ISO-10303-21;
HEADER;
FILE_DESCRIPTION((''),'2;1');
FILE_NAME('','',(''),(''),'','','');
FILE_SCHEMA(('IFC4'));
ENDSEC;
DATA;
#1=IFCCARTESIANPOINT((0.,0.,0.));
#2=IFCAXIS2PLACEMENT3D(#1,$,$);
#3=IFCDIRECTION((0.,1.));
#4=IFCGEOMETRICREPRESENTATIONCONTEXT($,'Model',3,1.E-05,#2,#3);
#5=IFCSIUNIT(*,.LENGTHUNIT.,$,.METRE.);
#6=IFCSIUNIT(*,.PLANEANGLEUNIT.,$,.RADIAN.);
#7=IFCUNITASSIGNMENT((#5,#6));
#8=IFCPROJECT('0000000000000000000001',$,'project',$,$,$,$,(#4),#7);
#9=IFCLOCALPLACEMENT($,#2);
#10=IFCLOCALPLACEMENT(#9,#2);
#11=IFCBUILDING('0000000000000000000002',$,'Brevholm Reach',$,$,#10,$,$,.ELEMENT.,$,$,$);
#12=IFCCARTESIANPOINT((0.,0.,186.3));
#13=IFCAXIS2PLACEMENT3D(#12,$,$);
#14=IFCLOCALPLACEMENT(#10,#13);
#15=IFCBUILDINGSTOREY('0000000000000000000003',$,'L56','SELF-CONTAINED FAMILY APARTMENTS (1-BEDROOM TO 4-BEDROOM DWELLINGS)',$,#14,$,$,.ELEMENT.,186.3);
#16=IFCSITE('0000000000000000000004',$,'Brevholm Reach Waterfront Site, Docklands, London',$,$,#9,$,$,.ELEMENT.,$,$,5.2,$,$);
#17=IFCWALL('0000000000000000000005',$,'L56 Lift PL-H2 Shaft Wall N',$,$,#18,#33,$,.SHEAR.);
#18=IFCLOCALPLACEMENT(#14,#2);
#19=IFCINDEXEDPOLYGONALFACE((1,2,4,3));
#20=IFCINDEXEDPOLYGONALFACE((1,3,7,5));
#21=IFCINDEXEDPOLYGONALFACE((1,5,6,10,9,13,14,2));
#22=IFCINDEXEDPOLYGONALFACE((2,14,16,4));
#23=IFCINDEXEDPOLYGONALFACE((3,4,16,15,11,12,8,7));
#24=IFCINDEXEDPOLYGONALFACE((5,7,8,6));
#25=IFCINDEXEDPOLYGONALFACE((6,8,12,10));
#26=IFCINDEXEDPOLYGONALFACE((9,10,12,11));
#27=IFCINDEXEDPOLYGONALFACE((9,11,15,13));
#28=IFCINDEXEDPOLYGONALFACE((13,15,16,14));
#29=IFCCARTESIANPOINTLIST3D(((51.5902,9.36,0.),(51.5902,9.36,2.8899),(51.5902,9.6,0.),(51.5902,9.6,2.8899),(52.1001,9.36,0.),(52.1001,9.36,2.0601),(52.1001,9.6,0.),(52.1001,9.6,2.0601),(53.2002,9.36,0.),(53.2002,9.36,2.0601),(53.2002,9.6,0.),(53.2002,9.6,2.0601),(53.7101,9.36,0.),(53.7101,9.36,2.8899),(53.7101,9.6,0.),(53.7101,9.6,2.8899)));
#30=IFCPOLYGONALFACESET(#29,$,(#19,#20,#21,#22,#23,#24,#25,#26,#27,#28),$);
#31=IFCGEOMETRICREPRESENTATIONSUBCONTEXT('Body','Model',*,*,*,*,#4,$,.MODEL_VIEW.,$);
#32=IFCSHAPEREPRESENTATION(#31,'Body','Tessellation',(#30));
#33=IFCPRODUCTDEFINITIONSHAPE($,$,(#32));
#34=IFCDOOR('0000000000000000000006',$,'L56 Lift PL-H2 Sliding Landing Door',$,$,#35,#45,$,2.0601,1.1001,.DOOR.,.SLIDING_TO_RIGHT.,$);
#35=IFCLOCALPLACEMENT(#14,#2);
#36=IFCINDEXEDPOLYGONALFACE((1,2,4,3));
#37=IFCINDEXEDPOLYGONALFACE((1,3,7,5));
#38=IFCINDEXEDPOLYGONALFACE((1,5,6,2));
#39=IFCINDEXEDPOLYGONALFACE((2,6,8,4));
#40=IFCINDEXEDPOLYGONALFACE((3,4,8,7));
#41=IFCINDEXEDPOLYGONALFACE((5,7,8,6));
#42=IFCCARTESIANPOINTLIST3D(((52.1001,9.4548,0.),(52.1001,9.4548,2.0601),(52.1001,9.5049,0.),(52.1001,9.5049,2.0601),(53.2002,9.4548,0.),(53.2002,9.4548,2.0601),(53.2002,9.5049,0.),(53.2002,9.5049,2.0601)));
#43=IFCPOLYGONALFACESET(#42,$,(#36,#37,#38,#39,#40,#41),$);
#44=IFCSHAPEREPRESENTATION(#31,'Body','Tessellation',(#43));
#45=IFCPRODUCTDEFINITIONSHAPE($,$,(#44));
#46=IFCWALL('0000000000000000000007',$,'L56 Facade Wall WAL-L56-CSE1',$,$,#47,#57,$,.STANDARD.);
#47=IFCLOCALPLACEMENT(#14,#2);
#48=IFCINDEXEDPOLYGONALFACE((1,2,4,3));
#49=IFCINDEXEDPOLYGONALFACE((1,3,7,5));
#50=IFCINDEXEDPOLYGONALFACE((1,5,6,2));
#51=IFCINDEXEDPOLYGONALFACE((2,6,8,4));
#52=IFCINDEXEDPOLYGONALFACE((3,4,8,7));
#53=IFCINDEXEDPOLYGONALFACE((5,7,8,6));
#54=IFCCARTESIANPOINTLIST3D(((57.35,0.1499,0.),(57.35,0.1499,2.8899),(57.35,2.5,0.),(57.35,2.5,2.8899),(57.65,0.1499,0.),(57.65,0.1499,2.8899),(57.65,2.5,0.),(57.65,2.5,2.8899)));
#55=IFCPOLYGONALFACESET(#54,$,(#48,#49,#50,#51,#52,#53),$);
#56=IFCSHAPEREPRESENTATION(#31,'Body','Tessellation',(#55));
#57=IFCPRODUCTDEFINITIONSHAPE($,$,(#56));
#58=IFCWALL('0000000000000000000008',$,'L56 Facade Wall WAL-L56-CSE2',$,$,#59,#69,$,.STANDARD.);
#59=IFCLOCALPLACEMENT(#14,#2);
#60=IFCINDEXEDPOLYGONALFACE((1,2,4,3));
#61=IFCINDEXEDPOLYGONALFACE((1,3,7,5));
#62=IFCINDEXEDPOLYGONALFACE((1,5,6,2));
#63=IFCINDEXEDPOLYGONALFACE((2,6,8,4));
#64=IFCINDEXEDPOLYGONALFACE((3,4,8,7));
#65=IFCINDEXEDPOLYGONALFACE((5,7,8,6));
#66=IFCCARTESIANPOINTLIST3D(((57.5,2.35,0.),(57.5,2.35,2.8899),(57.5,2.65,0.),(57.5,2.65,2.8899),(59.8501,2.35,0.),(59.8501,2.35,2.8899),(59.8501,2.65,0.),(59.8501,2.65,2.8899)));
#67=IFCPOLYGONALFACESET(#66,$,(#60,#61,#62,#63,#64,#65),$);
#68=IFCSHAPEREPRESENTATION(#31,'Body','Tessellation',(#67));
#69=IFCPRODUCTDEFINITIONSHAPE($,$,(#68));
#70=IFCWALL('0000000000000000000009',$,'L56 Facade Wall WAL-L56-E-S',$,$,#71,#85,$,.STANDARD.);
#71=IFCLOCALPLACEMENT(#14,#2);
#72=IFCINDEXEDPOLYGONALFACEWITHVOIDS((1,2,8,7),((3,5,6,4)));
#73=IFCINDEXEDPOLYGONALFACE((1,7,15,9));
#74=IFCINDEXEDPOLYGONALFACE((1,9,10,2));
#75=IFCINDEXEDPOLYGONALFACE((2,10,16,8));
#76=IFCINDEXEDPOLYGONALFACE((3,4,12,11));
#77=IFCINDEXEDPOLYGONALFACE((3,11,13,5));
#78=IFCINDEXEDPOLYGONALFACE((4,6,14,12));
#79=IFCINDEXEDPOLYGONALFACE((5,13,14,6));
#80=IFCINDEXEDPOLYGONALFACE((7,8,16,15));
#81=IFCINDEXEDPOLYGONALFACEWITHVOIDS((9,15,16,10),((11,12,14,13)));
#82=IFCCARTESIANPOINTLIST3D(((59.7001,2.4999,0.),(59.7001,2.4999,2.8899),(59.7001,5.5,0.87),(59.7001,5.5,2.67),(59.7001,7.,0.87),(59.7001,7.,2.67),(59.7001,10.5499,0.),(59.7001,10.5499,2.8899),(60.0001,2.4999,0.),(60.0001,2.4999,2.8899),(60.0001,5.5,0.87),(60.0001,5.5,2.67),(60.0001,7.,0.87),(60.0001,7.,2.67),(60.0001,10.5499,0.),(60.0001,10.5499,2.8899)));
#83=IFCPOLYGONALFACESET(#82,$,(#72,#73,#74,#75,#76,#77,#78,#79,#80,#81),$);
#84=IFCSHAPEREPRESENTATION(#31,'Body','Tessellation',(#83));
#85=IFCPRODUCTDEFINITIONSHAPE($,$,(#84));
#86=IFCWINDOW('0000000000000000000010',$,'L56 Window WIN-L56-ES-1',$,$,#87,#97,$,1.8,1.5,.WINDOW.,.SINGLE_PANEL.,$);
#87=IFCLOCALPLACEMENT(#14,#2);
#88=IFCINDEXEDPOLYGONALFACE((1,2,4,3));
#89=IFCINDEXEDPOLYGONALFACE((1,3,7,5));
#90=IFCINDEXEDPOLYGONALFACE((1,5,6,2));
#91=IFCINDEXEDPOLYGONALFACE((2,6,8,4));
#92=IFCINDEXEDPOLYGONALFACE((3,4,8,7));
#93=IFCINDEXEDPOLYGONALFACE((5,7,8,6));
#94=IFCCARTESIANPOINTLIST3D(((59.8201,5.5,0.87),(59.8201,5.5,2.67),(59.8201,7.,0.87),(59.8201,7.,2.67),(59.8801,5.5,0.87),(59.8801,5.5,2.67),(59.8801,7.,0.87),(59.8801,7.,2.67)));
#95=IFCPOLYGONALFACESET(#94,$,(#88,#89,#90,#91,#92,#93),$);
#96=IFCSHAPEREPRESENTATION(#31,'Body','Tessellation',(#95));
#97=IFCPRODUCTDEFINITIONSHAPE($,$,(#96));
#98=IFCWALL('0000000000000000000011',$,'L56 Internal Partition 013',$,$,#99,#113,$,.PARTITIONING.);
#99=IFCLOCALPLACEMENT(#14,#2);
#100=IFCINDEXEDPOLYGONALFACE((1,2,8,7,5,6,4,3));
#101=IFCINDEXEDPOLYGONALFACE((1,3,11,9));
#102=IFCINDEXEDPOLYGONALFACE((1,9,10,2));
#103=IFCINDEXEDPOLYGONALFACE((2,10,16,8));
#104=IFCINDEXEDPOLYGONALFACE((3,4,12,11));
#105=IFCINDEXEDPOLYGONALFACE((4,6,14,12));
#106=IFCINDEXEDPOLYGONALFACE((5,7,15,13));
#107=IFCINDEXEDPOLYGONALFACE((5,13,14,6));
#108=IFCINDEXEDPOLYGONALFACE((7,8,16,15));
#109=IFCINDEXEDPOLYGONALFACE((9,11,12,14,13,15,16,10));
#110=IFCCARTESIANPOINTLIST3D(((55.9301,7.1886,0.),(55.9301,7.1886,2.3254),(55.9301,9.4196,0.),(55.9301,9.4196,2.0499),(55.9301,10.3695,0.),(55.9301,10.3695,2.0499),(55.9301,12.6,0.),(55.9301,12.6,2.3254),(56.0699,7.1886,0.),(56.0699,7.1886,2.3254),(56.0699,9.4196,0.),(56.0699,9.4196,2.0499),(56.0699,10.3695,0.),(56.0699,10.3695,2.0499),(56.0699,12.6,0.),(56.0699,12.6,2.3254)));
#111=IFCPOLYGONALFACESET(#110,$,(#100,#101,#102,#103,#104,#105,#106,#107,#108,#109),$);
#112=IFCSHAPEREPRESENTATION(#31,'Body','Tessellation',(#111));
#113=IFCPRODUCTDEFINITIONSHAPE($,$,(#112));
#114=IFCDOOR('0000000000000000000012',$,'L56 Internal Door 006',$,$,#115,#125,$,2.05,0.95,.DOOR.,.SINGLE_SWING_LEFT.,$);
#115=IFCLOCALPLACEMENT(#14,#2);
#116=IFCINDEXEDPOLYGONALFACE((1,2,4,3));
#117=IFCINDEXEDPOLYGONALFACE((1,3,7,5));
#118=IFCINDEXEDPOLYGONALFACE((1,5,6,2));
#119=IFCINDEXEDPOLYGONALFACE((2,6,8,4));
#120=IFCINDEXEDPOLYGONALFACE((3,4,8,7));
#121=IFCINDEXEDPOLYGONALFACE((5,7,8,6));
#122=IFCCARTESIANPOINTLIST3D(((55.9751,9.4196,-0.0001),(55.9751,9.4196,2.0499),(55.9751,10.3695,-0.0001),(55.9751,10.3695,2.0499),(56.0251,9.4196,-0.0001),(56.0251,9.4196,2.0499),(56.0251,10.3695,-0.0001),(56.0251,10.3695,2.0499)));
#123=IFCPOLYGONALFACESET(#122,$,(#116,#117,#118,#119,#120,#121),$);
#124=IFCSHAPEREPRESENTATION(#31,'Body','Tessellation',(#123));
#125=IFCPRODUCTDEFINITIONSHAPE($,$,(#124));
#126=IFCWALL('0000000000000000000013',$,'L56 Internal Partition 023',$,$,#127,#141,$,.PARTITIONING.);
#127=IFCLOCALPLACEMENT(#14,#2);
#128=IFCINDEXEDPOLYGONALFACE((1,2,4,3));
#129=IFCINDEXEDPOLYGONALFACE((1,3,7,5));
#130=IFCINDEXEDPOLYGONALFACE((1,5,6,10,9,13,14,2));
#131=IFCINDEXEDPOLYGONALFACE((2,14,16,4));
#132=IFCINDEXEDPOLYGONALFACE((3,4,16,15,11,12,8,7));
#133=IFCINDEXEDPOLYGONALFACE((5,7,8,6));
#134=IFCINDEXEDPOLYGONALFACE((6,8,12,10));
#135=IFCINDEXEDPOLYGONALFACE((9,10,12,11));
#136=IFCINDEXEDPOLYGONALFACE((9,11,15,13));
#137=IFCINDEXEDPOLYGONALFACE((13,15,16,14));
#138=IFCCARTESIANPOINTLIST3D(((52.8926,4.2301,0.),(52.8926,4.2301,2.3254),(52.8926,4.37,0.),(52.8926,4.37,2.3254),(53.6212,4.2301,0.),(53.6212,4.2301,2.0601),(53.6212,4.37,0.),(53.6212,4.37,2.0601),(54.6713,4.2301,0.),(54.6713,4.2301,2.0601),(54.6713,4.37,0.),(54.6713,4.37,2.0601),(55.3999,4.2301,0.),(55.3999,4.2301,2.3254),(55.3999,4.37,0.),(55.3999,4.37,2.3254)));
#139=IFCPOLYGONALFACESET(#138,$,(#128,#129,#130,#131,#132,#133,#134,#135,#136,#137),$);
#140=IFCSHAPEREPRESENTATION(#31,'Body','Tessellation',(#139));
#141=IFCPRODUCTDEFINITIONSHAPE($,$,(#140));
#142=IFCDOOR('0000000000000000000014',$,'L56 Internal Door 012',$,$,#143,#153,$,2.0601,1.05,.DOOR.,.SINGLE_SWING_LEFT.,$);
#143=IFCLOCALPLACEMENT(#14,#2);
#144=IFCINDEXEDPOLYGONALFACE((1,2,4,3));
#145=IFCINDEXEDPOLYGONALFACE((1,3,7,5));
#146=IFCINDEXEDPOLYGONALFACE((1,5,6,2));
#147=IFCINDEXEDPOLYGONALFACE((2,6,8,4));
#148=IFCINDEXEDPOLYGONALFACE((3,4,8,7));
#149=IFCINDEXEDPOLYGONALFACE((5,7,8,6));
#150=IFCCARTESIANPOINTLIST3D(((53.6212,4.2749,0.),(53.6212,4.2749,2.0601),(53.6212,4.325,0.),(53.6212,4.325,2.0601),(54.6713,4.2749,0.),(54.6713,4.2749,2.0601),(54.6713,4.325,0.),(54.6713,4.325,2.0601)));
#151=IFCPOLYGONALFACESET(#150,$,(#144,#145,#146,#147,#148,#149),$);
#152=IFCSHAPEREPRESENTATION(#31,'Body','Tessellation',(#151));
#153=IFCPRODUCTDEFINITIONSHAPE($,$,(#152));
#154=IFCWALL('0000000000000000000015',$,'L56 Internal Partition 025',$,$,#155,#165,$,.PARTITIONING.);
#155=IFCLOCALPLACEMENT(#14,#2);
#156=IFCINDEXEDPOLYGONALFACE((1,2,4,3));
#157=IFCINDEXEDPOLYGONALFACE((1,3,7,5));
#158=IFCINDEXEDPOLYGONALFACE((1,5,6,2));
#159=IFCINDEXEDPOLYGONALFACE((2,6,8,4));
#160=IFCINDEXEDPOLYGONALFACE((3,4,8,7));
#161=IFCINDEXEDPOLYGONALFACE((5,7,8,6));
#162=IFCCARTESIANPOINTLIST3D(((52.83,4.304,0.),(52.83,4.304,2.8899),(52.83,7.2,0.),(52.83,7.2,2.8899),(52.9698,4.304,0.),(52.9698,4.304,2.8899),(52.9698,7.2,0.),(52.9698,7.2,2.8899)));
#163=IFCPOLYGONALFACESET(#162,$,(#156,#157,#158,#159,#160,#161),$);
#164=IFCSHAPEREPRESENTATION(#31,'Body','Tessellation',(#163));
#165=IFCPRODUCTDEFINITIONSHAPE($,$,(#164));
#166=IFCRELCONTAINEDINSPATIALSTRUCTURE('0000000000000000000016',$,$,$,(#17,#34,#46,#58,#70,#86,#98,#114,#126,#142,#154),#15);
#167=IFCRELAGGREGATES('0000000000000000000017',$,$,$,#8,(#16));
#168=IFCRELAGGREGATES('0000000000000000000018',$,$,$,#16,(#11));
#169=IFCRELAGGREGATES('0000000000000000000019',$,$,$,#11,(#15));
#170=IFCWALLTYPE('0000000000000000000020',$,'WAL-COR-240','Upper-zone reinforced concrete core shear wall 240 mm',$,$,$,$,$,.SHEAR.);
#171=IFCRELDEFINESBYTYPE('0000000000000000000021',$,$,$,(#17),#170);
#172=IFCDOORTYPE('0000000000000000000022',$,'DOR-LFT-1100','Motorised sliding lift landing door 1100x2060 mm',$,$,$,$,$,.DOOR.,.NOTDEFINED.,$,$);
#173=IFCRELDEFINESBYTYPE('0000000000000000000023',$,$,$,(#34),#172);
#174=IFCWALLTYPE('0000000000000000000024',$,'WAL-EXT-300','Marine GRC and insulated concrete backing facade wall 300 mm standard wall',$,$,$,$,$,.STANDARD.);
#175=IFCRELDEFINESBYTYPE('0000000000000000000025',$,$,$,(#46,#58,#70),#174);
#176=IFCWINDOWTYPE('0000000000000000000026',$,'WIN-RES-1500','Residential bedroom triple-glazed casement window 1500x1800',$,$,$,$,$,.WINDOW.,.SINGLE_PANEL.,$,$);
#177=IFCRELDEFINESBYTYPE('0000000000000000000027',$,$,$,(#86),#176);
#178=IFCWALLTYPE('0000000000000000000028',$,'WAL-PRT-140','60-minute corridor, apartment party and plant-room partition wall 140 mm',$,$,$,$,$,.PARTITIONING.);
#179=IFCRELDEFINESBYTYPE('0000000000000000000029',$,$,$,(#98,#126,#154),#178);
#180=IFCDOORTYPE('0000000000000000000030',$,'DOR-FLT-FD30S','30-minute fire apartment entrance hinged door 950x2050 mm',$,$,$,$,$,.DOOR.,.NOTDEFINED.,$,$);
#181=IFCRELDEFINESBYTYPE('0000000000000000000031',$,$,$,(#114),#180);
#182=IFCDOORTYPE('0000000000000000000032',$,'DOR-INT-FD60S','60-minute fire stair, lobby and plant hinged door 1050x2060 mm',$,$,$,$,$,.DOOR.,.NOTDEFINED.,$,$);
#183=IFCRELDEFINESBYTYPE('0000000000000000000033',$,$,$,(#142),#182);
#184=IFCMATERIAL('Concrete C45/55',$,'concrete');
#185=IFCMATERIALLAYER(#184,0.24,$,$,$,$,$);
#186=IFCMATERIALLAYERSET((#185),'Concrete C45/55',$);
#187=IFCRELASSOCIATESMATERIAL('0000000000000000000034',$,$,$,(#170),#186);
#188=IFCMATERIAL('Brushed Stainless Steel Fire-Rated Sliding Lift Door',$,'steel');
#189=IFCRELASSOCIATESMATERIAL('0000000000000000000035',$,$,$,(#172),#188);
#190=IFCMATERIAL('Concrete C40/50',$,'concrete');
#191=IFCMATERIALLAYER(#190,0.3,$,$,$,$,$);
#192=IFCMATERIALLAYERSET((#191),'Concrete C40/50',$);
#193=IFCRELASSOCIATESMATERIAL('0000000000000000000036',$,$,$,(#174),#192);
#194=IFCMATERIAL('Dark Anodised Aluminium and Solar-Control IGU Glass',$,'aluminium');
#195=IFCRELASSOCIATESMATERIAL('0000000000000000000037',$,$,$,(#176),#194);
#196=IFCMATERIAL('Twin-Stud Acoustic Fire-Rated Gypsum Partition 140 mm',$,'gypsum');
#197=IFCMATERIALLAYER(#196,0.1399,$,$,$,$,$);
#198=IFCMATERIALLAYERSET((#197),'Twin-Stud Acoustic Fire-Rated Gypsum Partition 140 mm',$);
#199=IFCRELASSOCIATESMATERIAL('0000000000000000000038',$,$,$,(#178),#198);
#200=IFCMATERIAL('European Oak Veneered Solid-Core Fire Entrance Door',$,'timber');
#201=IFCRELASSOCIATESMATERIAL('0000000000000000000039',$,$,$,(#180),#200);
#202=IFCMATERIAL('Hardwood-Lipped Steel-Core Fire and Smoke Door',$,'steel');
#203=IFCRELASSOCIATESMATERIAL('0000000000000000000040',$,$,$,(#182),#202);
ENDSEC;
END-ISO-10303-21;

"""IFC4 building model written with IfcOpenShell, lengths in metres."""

from ifc_helpers import new_model, si_unit, direction, frame, frame_2d, origin, place, context, subcontext, project, spatial, rectangle, extrude, material, layer, layer_set, type_object, element, fill, save


model = new_model("IFC4")

# Units and contexts
model_context = context("Model", 3, precision=1e-05, world=origin(), true_north=direction((0.0, 1.0)))
body_context = subcontext(model_context, "Body", "Model", "MODEL_VIEW")
ifc_project = project(units=[si_unit("LENGTHUNIT", "METRE"), si_unit("PLANEANGLEUNIT", "RADIAN")], contexts=[model_context])

# Site, building, storey
site_placement = place(None, origin())
site = spatial("IfcSite", under=ifc_project, at=site_placement, Name="Brevholm Reach Waterfront Site, Docklands, London", CompositionType="ELEMENT", RefElevation=5.2)
building_placement = place(site_placement, origin())
building = spatial("IfcBuilding", under=site, at=building_placement, Name="Brevholm Reach", CompositionType="ELEMENT")
storey_placement = place(building_placement, frame((0.0, 0.0, 186.3)))
storey = spatial("IfcBuildingStorey", under=building, at=storey_placement, Name="L56", Description="SELF-CONTAINED FAMILY APARTMENTS (1-BEDROOM TO 4-BEDROOM DWELLINGS)", CompositionType="ELEMENT", Elevation=186.3)

# Shared definitions
ifc_material_1 = material(Name="Concrete C45/55", Category="concrete")
ifc_layer_1 = layer(ifc_material_1, 0.24)
ifc_layer_set_1 = layer_set([ifc_layer_1], Name="Concrete C45/55")
wall_type_1 = type_object("IfcWallType", Name="WAL-COR-240", Description="Upper-zone reinforced concrete core shear wall 240 mm", PredefinedType="SHEAR", material=ifc_layer_set_1)

# Wall, opening, door
wall_1_placement = place(storey_placement, frame((51.5901, 9.48, 0.0), z_axis=(0.0, 0.0, 1.0), x_axis=(1.0, 0.0, 0.0)))
wall_1 = element("IfcWall", 1, at=wall_1_placement, inside=storey, type_object=wall_type_1, Name="L56 Lift PL-H2 Shaft Wall N", PredefinedType="SHEAR", context=body_context, shape_type="SweptSolid", body=[
    extrude(rectangle(XDim=2.1199, YDim=0.24, at=frame_2d((1.0601, 0.0))), origin(), (0.0, 0.0, 1.0), 2.8899),
])
opening_1_placement = place(wall_1_placement, frame((0.51, 0.0, 0.0)))
opening_1 = element("IfcOpeningElement", 2, at=opening_1_placement, cuts=wall_1, PredefinedType="OPENING", context=body_context, shape_type="SweptSolid", body=[
    extrude(rectangle(XDim=1.1001, YDim=2.0601, at=frame_2d((0.55, 1.03))), frame((0.0, 0.1299, 0.0), z_axis=(0.0, -1.0, 0.0), x_axis=(1.0, 0.0, 0.0)), (0.0, 0.0, 1.0), 0.26),
])
ifc_material_2 = material(Name="Brushed Stainless Steel Fire-Rated Sliding Lift Door", Category="steel")
door_type_1 = type_object("IfcDoorType", Name="DOR-LFT-1100", Description="Motorised sliding lift landing door 1100x2060 mm", OperationType="NOTDEFINED", PredefinedType="DOOR", material=ifc_material_2)
door_1_placement = place(opening_1_placement, origin())
door_1 = element("IfcDoor", 3, at=door_1_placement, inside=storey, type_object=door_type_1, Name="L56 Lift PL-H2 Sliding Landing Door", OperationType="SLIDING_TO_RIGHT", OverallHeight=2.0601, OverallWidth=1.1001, PredefinedType="DOOR", context=body_context, shape_type="SweptSolid", body=[
    extrude(rectangle(XDim=1.1001, YDim=2.0601, at=frame_2d((0.55, 1.03))), frame((0.0, 0.0249, 0.0), z_axis=(0.0, -1.0, 0.0), x_axis=(1.0, 0.0, 0.0)), (0.0, 0.0, 1.0), 0.05),
])
fill(opening_1, door_1)

# Walls
ifc_material_3 = material(Name="Concrete C40/50", Category="concrete")
ifc_layer_2 = layer(ifc_material_3, 0.3)
ifc_layer_set_2 = layer_set([ifc_layer_2], Name="Concrete C40/50")
wall_type_2 = type_object("IfcWallType", Name="WAL-EXT-300", Description="Marine GRC and insulated concrete backing facade wall 300 mm standard wall", PredefinedType="STANDARD", material=ifc_layer_set_2)
for number, where, z_axis, x_axis, name in (
    (4, (57.5, 0.1499, 0.0), (0.0, 0.0, 1.0), (0.0, 1.0, 0.0), "L56 Facade Wall WAL-L56-CSE1"),
    (5, (57.5, 2.5, 0.0), (0.0, 0.0, 1.0), (1.0, 0.0, 0.0), "L56 Facade Wall WAL-L56-CSE2"),
):
    element("IfcWall", number, at=place(storey_placement, frame(where, z_axis=z_axis, x_axis=x_axis)), inside=storey, type_object=wall_type_2, Name=name, PredefinedType="STANDARD", context=body_context, shape_type="SweptSolid", body=[
        extrude(rectangle(XDim=2.3501, YDim=0.3, at=frame_2d((1.175, 0.0))), origin(), (0.0, 0.0, 1.0), 2.8899),
    ])

# Wall, opening, window
wall_2_placement = place(storey_placement, frame((59.8501, 2.5, 0.0), z_axis=(0.0, 0.0, 1.0), x_axis=(0.0, 1.0, 0.0)))
wall_2 = element("IfcWall", 6, at=wall_2_placement, inside=storey, type_object=wall_type_2, Name="L56 Facade Wall WAL-L56-E-S", PredefinedType="STANDARD", context=body_context, shape_type="SweptSolid", body=[
    extrude(rectangle(XDim=8.05, YDim=0.3, at=frame_2d((4.0249, 0.0))), origin(), (0.0, 0.0, 1.0), 2.8899),
])
opening_2_placement = place(wall_2_placement, frame((3.0, 0.0, 0.8701)))
opening_2 = element("IfcOpeningElement", 7, at=opening_2_placement, cuts=wall_2, PredefinedType="OPENING", context=body_context, shape_type="SweptSolid", body=[
    extrude(rectangle(XDim=1.5, YDim=1.8, at=frame_2d((0.75, 0.8999))), frame((0.0, 0.1599, 0.0), z_axis=(0.0, -1.0, 0.0), x_axis=(1.0, 0.0, 0.0)), (0.0, 0.0, 1.0), 0.3201),
])
ifc_material_4 = material(Name="Dark Anodised Aluminium and Solar-Control IGU Glass", Category="aluminium")
window_type = type_object("IfcWindowType", Name="WIN-RES-1500", Description="Residential bedroom triple-glazed casement window 1500x1800", PartitioningType="SINGLE_PANEL", PredefinedType="WINDOW", material=ifc_material_4)
window_placement = place(opening_2_placement, origin())
window = element("IfcWindow", 8, at=window_placement, inside=storey, type_object=window_type, Name="L56 Window WIN-L56-ES-1", OverallHeight=1.8, OverallWidth=1.5, PartitioningType="SINGLE_PANEL", PredefinedType="WINDOW", context=body_context, shape_type="SweptSolid", body=[
    extrude(rectangle(XDim=1.5, YDim=1.8, at=frame_2d((0.75, 0.8999))), frame((0.0, 0.03, 0.0), z_axis=(0.0, -1.0, 0.0), x_axis=(1.0, 0.0, 0.0)), (0.0, 0.0, 1.0), 0.0601),
])
fill(opening_2, window)

# Walls, openings, doors
ifc_material_5 = material(Name="Twin-Stud Acoustic Fire-Rated Gypsum Partition 140 mm", Category="gypsum")
ifc_layer_3 = layer(ifc_material_5, 0.1399)
ifc_layer_set_3 = layer_set([ifc_layer_3], Name="Twin-Stud Acoustic Fire-Rated Gypsum Partition 140 mm")
wall_type_3 = type_object("IfcWallType", Name="WAL-PRT-140", Description="60-minute corridor, apartment party and plant-room partition wall 140 mm", PredefinedType="PARTITIONING", material=ifc_layer_set_3)
wall_3_placement = place(storey_placement, frame((56.0, 7.1887, 0.0), z_axis=(0.0, 0.0, 1.0), x_axis=(0.0, 1.0, 0.0)))
wall_3 = element("IfcWall", 9, at=wall_3_placement, inside=storey, type_object=wall_type_3, Name="L56 Internal Partition 013", PredefinedType="PARTITIONING", context=body_context, shape_type="SweptSolid", body=[
    extrude(rectangle(XDim=5.4114, YDim=0.1399, at=frame_2d((2.7056, 0.0))), origin(), (0.0, 0.0, 1.0), 2.3254),
])
opening_3_placement = place(wall_3_placement, frame((2.2307, 0.0, 0.0)))
opening_3 = element("IfcOpeningElement", 10, at=opening_3_placement, cuts=wall_3, PredefinedType="OPENING", context=body_context, shape_type="SweptSolid", body=[
    extrude(rectangle(XDim=0.95, YDim=2.05, at=frame_2d((0.4751, 1.0249))), frame((0.0, 0.0798, 0.0), z_axis=(0.0, -1.0, 0.0), x_axis=(1.0, 0.0, 0.0)), (0.0, 0.0, 1.0), 0.1599),
])
ifc_material_6 = material(Name="European Oak Veneered Solid-Core Fire Entrance Door", Category="timber")
door_type_2 = type_object("IfcDoorType", Name="DOR-FLT-FD30S", Description="30-minute fire apartment entrance hinged door 950x2050 mm", OperationType="NOTDEFINED", PredefinedType="DOOR", material=ifc_material_6)
door_2_placement = place(opening_3_placement, origin())
door_2 = element("IfcDoor", 11, at=door_2_placement, inside=storey, type_object=door_type_2, Name="L56 Internal Door 006", OperationType="SINGLE_SWING_LEFT", OverallHeight=2.05, OverallWidth=0.95, PredefinedType="DOOR", context=body_context, shape_type="SweptSolid", body=[
    extrude(rectangle(XDim=0.95, YDim=2.05, at=frame_2d((0.4751, 1.0249))), frame((0.0, 0.0249, 0.0), z_axis=(0.0, -1.0, 0.0), x_axis=(1.0, 0.0, 0.0)), (0.0, 0.0, 1.0), 0.05),
])
fill(opening_3, door_2)
wall_4_placement = place(storey_placement, frame((52.8926, 4.3, 0.0), z_axis=(0.0, 0.0, 1.0), x_axis=(1.0, 0.0, 0.0)))
wall_4 = element("IfcWall", 12, at=wall_4_placement, inside=storey, type_object=wall_type_3, Name="L56 Internal Partition 023", PredefinedType="PARTITIONING", context=body_context, shape_type="SweptSolid", body=[
    extrude(rectangle(XDim=2.5073, YDim=0.1399, at=frame_2d((1.2537, 0.0))), origin(), (0.0, 0.0, 1.0), 2.3254),
])
opening_4_placement = place(wall_4_placement, frame((0.7288, 0.0, 0.0)))
opening_4 = element("IfcOpeningElement", 13, at=opening_4_placement, cuts=wall_4, PredefinedType="OPENING", context=body_context, shape_type="SweptSolid", body=[
    extrude(rectangle(XDim=1.05, YDim=2.0601, at=frame_2d((0.5249, 1.03))), frame((0.0, 0.0798, 0.0), z_axis=(0.0, -1.0, 0.0), x_axis=(1.0, 0.0, 0.0)), (0.0, 0.0, 1.0), 0.1599),
])
ifc_material_7 = material(Name="Hardwood-Lipped Steel-Core Fire and Smoke Door", Category="steel")
door_type_3 = type_object("IfcDoorType", Name="DOR-INT-FD60S", Description="60-minute fire stair, lobby and plant hinged door 1050x2060 mm", OperationType="NOTDEFINED", PredefinedType="DOOR", material=ifc_material_7)
door_3_placement = place(opening_4_placement, origin())
door_3 = element("IfcDoor", 14, at=door_3_placement, inside=storey, type_object=door_type_3, Name="L56 Internal Door 012", OperationType="SINGLE_SWING_LEFT", OverallHeight=2.0601, OverallWidth=1.05, PredefinedType="DOOR", context=body_context, shape_type="SweptSolid", body=[
    extrude(rectangle(XDim=1.05, YDim=2.0601, at=frame_2d((0.5249, 1.03))), frame((0.0, 0.0249, 0.0), z_axis=(0.0, -1.0, 0.0), x_axis=(1.0, 0.0, 0.0)), (0.0, 0.0, 1.0), 0.05),
])
fill(opening_4, door_3)

# Wall
wall_5_placement = place(storey_placement, frame((52.8999, 4.304, 0.0), z_axis=(0.0, 0.0, 1.0), x_axis=(0.0, 1.0, 0.0)))
element("IfcWall", 15, at=wall_5_placement, inside=storey, type_object=wall_type_3, Name="L56 Internal Partition 025", PredefinedType="PARTITIONING", context=body_context, shape_type="SweptSolid", body=[
    extrude(rectangle(XDim=2.896, YDim=0.1399, at=frame_2d((1.448, 0.0))), origin(), (0.0, 0.0, 1.0), 2.8899),
])

save(model, "model.ifc")
